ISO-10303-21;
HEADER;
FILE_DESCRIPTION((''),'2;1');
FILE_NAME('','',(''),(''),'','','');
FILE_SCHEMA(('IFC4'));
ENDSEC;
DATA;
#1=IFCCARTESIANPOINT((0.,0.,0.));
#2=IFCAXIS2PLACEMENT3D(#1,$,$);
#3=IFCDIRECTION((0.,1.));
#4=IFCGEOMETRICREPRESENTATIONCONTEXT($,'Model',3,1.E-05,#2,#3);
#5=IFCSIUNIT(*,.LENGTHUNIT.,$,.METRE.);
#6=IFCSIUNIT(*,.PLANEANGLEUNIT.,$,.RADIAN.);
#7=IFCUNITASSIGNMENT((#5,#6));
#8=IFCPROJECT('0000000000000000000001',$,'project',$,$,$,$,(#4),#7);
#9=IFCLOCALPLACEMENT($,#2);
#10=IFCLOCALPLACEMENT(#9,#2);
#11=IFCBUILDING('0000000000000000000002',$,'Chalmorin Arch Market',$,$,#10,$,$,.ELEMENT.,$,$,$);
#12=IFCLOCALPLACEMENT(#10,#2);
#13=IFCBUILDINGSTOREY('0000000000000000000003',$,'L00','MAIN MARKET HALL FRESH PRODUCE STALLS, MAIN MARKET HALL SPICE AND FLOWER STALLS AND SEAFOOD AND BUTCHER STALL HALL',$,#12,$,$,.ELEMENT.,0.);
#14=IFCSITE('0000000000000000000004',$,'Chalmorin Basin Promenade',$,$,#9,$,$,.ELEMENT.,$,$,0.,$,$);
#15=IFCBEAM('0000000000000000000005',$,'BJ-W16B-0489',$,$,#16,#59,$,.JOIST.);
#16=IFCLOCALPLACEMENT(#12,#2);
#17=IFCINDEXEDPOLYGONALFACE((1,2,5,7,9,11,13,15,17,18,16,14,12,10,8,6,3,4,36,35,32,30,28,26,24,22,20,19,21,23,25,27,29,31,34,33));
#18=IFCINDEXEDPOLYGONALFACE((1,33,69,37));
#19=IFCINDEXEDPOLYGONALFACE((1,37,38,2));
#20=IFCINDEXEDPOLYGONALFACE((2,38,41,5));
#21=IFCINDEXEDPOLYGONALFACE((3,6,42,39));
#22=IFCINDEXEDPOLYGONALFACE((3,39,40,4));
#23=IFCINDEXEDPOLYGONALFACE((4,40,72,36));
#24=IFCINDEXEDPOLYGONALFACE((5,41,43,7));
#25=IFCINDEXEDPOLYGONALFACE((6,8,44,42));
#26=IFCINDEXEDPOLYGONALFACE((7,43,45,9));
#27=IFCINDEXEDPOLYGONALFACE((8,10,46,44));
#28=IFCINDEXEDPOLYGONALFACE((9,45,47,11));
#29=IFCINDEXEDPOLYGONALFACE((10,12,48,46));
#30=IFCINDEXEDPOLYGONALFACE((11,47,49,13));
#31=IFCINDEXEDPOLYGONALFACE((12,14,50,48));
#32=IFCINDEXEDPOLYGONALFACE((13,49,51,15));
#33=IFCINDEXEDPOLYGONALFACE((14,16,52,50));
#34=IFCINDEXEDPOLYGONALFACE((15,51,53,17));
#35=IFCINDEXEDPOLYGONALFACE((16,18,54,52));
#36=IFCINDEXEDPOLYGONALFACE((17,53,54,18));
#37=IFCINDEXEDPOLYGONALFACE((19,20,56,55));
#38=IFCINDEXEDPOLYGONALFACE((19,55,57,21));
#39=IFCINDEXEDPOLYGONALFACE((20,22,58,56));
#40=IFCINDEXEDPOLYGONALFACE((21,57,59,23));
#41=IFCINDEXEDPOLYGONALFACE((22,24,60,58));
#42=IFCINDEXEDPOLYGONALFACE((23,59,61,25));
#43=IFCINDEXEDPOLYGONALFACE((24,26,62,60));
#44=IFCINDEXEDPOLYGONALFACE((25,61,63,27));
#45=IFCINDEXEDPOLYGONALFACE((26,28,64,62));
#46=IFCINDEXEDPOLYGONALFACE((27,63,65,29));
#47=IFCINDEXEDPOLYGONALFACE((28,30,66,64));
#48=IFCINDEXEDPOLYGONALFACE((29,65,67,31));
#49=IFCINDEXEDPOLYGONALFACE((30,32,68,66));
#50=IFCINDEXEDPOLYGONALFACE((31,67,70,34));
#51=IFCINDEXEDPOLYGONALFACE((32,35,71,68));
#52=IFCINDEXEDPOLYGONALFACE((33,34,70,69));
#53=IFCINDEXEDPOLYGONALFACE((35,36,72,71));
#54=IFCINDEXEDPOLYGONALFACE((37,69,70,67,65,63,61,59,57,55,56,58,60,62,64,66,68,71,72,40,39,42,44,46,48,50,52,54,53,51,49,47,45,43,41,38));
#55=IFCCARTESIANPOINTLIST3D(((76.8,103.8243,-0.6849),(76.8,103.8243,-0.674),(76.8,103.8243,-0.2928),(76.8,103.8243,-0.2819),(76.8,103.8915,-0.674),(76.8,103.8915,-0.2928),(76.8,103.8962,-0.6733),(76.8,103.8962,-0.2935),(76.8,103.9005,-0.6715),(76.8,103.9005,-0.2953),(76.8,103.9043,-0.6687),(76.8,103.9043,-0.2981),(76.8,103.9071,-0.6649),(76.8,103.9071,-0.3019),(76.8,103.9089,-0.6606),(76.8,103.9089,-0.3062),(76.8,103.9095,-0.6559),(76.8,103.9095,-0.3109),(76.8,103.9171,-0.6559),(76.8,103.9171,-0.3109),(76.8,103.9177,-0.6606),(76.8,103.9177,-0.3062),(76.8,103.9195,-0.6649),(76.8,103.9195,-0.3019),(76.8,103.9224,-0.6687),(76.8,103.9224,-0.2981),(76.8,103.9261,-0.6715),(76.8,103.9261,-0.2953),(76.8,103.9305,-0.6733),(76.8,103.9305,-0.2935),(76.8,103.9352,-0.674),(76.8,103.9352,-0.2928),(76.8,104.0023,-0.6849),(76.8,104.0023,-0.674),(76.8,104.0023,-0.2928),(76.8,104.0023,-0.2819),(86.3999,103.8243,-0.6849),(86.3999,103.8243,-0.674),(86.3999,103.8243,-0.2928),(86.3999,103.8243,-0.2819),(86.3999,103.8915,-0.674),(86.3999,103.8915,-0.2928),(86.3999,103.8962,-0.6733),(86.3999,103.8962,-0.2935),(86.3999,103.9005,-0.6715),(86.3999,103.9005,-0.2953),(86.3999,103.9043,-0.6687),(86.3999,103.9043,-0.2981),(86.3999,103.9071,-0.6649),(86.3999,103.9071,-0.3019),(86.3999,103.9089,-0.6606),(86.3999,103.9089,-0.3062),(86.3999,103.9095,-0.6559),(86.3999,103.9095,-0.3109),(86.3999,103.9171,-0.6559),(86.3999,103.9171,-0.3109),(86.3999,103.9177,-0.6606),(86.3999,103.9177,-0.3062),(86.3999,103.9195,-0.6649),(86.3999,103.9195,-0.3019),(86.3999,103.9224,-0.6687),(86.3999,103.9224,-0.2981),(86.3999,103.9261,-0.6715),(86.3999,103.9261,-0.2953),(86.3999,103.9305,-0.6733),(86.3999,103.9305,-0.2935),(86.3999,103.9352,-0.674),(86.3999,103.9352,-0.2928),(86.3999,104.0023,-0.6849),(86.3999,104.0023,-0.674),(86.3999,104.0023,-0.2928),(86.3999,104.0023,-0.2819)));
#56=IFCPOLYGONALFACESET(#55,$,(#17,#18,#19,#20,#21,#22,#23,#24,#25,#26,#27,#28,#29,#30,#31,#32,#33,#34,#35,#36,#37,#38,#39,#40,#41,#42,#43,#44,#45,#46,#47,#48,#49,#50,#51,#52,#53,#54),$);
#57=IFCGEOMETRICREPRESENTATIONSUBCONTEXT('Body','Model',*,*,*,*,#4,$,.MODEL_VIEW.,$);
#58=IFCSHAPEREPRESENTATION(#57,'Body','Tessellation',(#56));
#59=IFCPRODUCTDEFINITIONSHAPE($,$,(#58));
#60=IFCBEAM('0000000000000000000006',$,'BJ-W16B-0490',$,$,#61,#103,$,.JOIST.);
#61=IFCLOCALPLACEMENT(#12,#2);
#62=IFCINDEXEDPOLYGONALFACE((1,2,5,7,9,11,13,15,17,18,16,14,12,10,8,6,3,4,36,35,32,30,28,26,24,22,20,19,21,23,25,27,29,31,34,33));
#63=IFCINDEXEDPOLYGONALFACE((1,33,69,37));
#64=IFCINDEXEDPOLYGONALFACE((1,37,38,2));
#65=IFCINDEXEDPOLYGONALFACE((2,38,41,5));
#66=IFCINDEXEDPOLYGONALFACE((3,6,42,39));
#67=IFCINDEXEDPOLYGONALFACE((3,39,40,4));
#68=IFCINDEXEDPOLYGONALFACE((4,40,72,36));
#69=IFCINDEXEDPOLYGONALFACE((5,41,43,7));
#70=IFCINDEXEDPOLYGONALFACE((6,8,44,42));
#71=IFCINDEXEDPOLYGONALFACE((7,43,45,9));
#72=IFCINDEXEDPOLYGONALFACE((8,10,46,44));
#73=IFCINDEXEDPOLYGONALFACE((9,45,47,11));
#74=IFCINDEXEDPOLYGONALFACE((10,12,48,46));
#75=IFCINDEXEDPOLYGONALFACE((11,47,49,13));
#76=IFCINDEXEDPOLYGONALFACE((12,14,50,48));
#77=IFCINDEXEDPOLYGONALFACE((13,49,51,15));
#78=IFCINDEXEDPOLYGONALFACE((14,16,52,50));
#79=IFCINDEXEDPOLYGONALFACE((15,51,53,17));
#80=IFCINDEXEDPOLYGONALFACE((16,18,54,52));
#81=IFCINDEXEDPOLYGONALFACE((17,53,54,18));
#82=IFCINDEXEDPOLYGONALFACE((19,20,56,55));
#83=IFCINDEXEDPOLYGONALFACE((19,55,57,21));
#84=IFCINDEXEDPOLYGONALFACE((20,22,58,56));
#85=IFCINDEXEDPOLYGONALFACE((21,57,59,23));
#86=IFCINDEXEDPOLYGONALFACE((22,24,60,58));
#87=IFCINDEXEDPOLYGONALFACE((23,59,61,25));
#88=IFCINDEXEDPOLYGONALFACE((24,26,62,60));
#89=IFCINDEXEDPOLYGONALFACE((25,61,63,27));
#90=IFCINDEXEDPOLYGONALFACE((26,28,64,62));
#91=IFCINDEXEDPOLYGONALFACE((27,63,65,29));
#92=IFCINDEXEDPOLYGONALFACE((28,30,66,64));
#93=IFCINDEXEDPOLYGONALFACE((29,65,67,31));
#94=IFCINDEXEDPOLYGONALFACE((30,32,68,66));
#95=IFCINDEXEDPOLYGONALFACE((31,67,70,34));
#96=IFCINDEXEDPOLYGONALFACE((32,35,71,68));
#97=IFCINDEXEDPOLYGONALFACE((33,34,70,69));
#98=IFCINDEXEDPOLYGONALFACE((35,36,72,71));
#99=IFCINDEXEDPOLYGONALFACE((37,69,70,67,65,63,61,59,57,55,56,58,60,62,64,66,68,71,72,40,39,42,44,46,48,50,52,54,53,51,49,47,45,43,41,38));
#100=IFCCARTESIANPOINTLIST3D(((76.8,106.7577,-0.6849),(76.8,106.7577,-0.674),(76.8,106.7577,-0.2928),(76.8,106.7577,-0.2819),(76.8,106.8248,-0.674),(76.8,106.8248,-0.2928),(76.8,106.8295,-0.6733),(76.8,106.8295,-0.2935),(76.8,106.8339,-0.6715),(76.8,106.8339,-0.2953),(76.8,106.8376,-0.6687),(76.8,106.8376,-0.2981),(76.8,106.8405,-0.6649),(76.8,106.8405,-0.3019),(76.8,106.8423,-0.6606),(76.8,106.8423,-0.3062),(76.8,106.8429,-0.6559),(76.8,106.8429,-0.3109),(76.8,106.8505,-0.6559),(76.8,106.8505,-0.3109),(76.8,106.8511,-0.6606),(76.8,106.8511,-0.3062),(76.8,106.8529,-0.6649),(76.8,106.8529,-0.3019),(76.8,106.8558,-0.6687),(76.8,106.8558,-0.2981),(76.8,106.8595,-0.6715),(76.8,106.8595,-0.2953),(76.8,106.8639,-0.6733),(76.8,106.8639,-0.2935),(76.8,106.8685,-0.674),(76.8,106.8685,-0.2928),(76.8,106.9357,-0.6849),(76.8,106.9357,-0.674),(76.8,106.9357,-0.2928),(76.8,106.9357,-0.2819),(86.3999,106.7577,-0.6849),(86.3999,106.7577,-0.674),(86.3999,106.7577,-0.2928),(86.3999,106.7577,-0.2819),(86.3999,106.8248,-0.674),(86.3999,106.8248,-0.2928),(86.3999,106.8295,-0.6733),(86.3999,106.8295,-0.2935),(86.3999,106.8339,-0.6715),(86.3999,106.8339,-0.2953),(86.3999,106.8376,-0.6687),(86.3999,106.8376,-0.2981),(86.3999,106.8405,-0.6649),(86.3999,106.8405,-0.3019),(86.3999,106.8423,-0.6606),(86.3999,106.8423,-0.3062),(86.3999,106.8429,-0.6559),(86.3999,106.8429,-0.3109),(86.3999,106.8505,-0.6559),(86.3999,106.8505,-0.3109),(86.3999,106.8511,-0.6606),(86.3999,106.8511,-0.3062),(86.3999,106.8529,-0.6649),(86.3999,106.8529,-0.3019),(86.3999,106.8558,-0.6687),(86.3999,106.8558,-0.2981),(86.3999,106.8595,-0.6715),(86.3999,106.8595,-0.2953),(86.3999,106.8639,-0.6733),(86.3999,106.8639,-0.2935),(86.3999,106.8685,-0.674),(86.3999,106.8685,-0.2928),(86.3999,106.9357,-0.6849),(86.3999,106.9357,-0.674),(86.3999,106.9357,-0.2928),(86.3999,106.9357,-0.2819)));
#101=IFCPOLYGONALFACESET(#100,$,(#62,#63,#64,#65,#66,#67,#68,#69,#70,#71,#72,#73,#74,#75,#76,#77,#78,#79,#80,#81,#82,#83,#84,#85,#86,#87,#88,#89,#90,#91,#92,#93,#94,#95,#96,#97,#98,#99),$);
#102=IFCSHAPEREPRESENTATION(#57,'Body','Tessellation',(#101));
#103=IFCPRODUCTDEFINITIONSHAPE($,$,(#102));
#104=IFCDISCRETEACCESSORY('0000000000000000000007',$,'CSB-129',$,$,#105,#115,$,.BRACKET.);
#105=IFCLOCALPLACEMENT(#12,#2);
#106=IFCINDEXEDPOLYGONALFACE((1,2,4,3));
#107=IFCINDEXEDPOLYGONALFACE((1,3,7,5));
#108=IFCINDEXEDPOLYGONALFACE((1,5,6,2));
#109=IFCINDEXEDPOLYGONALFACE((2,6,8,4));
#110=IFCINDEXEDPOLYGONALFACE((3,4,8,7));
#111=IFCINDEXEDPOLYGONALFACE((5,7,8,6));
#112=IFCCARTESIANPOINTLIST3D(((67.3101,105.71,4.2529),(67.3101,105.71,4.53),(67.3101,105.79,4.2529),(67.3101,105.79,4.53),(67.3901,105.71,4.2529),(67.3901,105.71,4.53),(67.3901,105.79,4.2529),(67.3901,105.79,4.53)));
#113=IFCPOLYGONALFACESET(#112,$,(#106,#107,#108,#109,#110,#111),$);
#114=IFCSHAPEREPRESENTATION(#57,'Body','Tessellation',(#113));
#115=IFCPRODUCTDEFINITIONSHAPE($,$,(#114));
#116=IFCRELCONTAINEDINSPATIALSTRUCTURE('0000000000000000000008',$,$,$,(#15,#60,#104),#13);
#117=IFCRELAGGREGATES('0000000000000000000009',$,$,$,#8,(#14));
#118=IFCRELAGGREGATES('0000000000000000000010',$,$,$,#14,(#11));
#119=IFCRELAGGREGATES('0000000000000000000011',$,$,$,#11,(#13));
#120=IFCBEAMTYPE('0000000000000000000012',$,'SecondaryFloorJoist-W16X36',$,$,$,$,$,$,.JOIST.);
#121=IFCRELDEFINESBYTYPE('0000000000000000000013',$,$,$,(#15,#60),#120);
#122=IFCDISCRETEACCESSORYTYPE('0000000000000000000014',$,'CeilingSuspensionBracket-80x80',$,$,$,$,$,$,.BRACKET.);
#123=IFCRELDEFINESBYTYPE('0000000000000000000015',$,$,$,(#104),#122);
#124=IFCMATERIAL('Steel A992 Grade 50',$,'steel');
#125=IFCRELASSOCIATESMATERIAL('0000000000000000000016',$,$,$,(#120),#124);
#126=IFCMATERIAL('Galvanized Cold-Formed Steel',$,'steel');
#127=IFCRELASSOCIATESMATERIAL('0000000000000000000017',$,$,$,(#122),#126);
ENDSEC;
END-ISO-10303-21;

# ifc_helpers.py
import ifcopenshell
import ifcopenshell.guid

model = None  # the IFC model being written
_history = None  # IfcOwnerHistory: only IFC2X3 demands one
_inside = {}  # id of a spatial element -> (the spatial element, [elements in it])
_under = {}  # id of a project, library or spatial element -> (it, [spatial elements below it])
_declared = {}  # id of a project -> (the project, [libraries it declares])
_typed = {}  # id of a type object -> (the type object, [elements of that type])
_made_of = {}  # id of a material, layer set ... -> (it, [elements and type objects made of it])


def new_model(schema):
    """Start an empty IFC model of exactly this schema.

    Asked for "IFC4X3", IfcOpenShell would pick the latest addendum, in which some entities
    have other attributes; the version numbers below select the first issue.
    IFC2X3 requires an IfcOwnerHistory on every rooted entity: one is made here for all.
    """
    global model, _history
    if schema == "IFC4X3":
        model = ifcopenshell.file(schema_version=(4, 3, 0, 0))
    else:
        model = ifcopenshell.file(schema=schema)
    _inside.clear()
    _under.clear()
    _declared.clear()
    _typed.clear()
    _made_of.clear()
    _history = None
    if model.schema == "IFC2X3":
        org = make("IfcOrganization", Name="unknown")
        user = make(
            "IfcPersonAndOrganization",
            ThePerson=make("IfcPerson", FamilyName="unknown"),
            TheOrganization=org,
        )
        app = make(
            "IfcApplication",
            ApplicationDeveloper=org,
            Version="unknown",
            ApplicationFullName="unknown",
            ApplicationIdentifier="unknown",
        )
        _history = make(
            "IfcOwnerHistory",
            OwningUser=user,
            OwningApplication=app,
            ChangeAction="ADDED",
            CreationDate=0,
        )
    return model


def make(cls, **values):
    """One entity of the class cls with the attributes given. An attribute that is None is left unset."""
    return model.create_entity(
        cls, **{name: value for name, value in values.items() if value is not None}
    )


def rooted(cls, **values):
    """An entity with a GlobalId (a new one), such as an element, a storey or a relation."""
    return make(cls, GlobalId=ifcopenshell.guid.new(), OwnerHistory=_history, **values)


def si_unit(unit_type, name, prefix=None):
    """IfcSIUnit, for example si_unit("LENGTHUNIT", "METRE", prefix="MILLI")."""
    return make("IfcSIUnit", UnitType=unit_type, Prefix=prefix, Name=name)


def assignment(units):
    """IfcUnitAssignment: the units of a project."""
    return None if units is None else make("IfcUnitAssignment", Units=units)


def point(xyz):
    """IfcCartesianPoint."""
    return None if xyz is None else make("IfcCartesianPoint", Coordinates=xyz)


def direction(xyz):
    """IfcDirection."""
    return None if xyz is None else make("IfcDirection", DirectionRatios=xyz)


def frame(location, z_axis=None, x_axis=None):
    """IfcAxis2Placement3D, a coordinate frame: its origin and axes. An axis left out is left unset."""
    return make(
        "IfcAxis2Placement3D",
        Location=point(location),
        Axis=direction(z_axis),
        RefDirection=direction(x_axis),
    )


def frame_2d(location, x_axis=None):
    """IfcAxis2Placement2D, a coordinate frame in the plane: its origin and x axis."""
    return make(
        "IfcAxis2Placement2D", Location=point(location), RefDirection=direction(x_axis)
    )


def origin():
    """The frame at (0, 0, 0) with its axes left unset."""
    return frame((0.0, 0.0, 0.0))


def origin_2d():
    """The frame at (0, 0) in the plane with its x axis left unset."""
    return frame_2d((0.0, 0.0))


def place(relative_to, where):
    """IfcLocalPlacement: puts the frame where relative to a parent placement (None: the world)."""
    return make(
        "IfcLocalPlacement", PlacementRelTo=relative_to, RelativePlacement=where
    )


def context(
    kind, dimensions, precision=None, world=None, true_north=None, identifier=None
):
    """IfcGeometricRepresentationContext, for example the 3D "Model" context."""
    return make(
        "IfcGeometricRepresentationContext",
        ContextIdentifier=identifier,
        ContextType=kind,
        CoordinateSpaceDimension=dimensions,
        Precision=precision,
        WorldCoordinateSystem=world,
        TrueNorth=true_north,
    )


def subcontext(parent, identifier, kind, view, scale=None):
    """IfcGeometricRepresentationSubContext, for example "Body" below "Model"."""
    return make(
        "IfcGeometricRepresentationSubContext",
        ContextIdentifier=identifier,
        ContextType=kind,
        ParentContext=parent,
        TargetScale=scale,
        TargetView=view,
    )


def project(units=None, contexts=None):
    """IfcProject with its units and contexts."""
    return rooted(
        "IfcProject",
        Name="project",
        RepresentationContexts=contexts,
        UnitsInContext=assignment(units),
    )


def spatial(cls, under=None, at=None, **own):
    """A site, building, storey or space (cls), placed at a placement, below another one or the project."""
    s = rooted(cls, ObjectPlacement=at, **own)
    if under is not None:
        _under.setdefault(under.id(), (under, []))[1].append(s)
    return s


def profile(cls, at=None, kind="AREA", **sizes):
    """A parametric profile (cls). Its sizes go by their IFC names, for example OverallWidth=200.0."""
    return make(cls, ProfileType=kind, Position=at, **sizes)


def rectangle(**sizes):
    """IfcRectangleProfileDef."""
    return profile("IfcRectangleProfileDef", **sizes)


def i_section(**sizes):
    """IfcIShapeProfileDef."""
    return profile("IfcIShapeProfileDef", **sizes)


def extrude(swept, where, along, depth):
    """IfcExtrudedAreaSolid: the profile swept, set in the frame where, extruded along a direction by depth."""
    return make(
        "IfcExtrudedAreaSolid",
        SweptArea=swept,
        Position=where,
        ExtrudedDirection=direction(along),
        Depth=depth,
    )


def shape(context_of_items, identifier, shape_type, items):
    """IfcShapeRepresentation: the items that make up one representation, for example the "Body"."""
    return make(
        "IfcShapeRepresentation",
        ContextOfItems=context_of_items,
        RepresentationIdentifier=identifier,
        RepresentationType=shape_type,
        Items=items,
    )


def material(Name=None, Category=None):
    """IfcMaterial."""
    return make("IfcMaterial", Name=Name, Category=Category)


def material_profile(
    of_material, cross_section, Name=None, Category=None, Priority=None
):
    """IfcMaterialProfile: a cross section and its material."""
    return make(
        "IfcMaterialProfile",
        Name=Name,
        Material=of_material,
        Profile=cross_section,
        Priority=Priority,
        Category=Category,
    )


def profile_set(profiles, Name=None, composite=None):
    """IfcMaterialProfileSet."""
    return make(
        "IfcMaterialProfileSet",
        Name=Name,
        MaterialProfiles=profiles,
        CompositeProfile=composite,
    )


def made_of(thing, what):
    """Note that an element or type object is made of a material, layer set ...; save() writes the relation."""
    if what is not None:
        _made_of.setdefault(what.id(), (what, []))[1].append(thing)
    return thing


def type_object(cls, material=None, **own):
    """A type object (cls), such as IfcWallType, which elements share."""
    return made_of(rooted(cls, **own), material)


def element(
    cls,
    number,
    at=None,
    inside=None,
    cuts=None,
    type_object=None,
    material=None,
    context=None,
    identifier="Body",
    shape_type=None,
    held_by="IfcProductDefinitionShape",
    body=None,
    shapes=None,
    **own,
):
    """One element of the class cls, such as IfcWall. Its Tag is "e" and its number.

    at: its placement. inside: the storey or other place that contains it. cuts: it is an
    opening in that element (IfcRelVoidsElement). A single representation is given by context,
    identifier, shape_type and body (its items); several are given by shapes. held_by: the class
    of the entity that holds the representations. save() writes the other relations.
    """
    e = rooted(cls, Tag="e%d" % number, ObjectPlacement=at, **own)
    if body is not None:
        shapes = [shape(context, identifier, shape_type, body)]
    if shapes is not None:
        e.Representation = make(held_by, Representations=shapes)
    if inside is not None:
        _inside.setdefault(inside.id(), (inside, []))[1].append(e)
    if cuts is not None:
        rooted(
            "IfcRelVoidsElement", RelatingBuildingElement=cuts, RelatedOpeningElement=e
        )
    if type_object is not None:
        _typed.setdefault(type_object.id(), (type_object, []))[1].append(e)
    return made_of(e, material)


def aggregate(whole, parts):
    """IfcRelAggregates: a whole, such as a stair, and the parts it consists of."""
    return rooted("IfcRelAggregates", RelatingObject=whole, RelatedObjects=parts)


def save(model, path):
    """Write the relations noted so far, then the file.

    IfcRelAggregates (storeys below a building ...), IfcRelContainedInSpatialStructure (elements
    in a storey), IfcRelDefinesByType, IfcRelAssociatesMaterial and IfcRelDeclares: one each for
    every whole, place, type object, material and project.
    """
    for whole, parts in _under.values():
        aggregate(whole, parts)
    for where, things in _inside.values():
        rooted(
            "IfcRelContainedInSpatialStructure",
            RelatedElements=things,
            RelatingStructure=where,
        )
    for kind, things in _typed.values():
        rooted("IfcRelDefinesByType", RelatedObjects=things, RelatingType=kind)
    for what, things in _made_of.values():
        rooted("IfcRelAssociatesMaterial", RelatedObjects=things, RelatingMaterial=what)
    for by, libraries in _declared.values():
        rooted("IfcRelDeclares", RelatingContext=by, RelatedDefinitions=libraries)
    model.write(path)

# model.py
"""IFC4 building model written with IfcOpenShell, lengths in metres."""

from ifc_helpers import new_model, si_unit, direction, frame, origin, origin_2d, place, context, subcontext, project, spatial, rectangle, i_section, extrude, material, material_profile, profile_set, type_object, element, save


model = new_model("IFC4")

# Units and contexts
model_context = context("Model", 3, precision=1e-05, world=origin(), true_north=direction((0.0, 1.0)))
body_context = subcontext(model_context, "Body", "Model", "MODEL_VIEW")
ifc_project = project(units=[si_unit("LENGTHUNIT", "METRE"), si_unit("PLANEANGLEUNIT", "RADIAN")], contexts=[model_context])

# Site, building, storey
site_placement = place(None, origin())
site = spatial("IfcSite", under=ifc_project, at=site_placement, Name="Chalmorin Basin Promenade", CompositionType="ELEMENT", RefElevation=0.0)
building_placement = place(site_placement, origin())
building = spatial("IfcBuilding", under=site, at=building_placement, Name="Chalmorin Arch Market", CompositionType="ELEMENT")
storey_placement = place(building_placement, origin())
storey = spatial("IfcBuildingStorey", under=building, at=storey_placement, Name="L00", Description="MAIN MARKET HALL FRESH PRODUCE STALLS, MAIN MARKET HALL SPICE AND FLOWER STALLS AND SEAFOOD AND BUTCHER STALL HALL", CompositionType="ELEMENT", Elevation=0.0)

# Beams
ifc_material_1 = material(Name="Steel A992 Grade 50", Category="steel")
ifc_material_profile_1 = material_profile(ifc_material_1, i_section(OverallWidth=0.178, OverallDepth=0.4031, WebThickness=0.0076, FlangeThickness=0.011, FilletRadius=0.0181, at=origin_2d()), Name="W16X36")
ifc_profile_set_1 = profile_set([ifc_material_profile_1], Name="Steel A992 Grade 50")
beam_type_1 = type_object("IfcBeamType", Name="SecondaryFloorJoist-W16X36", PredefinedType="JOIST", material=ifc_profile_set_1)
for number, where, z_axis, x_axis, name in (
    (1, (76.8, 103.9133, -0.4834), (1.0, 0.0, 0.0), (0.0, 1.0, 0.0), "BJ-W16B-0489"),
    (2, (76.8, 106.8467, -0.4834), (1.0, 0.0, 0.0), (0.0, 1.0, 0.0), "BJ-W16B-0490"),
):
    element("IfcBeam", number, at=place(storey_placement, frame(where, z_axis=z_axis, x_axis=x_axis)), inside=storey, type_object=beam_type_1, Name=name, PredefinedType="JOIST", context=body_context, shape_type="SweptSolid", body=[
        extrude(i_section(OverallWidth=0.178, OverallDepth=0.4031, WebThickness=0.0076, FlangeThickness=0.011, FilletRadius=0.0181, at=origin_2d()), origin(), (0.0, 0.0, 1.0), 9.5999),
    ])

# Discrete accessory
ifc_material_2 = material(Name="Galvanized Cold-Formed Steel", Category="steel")
discrete_accessory_type = type_object("IfcDiscreteAccessoryType", Name="CeilingSuspensionBracket-80x80", PredefinedType="BRACKET", material=ifc_material_2)
discrete_accessory_placement = place(storey_placement, frame((67.3501, 105.75, 4.2529), z_axis=(0.0, 0.0, 1.0), x_axis=(1.0, 0.0, 0.0)))
element("IfcDiscreteAccessory", 3, at=discrete_accessory_placement, inside=storey, type_object=discrete_accessory_type, Name="CSB-129", PredefinedType="BRACKET", context=body_context, shape_type="SweptSolid", body=[
    extrude(rectangle(XDim=0.0801, YDim=0.0801, at=origin_2d()), origin(), (0.0, 0.0, 1.0), 0.2771),
])

save(model, "model.ifc")
